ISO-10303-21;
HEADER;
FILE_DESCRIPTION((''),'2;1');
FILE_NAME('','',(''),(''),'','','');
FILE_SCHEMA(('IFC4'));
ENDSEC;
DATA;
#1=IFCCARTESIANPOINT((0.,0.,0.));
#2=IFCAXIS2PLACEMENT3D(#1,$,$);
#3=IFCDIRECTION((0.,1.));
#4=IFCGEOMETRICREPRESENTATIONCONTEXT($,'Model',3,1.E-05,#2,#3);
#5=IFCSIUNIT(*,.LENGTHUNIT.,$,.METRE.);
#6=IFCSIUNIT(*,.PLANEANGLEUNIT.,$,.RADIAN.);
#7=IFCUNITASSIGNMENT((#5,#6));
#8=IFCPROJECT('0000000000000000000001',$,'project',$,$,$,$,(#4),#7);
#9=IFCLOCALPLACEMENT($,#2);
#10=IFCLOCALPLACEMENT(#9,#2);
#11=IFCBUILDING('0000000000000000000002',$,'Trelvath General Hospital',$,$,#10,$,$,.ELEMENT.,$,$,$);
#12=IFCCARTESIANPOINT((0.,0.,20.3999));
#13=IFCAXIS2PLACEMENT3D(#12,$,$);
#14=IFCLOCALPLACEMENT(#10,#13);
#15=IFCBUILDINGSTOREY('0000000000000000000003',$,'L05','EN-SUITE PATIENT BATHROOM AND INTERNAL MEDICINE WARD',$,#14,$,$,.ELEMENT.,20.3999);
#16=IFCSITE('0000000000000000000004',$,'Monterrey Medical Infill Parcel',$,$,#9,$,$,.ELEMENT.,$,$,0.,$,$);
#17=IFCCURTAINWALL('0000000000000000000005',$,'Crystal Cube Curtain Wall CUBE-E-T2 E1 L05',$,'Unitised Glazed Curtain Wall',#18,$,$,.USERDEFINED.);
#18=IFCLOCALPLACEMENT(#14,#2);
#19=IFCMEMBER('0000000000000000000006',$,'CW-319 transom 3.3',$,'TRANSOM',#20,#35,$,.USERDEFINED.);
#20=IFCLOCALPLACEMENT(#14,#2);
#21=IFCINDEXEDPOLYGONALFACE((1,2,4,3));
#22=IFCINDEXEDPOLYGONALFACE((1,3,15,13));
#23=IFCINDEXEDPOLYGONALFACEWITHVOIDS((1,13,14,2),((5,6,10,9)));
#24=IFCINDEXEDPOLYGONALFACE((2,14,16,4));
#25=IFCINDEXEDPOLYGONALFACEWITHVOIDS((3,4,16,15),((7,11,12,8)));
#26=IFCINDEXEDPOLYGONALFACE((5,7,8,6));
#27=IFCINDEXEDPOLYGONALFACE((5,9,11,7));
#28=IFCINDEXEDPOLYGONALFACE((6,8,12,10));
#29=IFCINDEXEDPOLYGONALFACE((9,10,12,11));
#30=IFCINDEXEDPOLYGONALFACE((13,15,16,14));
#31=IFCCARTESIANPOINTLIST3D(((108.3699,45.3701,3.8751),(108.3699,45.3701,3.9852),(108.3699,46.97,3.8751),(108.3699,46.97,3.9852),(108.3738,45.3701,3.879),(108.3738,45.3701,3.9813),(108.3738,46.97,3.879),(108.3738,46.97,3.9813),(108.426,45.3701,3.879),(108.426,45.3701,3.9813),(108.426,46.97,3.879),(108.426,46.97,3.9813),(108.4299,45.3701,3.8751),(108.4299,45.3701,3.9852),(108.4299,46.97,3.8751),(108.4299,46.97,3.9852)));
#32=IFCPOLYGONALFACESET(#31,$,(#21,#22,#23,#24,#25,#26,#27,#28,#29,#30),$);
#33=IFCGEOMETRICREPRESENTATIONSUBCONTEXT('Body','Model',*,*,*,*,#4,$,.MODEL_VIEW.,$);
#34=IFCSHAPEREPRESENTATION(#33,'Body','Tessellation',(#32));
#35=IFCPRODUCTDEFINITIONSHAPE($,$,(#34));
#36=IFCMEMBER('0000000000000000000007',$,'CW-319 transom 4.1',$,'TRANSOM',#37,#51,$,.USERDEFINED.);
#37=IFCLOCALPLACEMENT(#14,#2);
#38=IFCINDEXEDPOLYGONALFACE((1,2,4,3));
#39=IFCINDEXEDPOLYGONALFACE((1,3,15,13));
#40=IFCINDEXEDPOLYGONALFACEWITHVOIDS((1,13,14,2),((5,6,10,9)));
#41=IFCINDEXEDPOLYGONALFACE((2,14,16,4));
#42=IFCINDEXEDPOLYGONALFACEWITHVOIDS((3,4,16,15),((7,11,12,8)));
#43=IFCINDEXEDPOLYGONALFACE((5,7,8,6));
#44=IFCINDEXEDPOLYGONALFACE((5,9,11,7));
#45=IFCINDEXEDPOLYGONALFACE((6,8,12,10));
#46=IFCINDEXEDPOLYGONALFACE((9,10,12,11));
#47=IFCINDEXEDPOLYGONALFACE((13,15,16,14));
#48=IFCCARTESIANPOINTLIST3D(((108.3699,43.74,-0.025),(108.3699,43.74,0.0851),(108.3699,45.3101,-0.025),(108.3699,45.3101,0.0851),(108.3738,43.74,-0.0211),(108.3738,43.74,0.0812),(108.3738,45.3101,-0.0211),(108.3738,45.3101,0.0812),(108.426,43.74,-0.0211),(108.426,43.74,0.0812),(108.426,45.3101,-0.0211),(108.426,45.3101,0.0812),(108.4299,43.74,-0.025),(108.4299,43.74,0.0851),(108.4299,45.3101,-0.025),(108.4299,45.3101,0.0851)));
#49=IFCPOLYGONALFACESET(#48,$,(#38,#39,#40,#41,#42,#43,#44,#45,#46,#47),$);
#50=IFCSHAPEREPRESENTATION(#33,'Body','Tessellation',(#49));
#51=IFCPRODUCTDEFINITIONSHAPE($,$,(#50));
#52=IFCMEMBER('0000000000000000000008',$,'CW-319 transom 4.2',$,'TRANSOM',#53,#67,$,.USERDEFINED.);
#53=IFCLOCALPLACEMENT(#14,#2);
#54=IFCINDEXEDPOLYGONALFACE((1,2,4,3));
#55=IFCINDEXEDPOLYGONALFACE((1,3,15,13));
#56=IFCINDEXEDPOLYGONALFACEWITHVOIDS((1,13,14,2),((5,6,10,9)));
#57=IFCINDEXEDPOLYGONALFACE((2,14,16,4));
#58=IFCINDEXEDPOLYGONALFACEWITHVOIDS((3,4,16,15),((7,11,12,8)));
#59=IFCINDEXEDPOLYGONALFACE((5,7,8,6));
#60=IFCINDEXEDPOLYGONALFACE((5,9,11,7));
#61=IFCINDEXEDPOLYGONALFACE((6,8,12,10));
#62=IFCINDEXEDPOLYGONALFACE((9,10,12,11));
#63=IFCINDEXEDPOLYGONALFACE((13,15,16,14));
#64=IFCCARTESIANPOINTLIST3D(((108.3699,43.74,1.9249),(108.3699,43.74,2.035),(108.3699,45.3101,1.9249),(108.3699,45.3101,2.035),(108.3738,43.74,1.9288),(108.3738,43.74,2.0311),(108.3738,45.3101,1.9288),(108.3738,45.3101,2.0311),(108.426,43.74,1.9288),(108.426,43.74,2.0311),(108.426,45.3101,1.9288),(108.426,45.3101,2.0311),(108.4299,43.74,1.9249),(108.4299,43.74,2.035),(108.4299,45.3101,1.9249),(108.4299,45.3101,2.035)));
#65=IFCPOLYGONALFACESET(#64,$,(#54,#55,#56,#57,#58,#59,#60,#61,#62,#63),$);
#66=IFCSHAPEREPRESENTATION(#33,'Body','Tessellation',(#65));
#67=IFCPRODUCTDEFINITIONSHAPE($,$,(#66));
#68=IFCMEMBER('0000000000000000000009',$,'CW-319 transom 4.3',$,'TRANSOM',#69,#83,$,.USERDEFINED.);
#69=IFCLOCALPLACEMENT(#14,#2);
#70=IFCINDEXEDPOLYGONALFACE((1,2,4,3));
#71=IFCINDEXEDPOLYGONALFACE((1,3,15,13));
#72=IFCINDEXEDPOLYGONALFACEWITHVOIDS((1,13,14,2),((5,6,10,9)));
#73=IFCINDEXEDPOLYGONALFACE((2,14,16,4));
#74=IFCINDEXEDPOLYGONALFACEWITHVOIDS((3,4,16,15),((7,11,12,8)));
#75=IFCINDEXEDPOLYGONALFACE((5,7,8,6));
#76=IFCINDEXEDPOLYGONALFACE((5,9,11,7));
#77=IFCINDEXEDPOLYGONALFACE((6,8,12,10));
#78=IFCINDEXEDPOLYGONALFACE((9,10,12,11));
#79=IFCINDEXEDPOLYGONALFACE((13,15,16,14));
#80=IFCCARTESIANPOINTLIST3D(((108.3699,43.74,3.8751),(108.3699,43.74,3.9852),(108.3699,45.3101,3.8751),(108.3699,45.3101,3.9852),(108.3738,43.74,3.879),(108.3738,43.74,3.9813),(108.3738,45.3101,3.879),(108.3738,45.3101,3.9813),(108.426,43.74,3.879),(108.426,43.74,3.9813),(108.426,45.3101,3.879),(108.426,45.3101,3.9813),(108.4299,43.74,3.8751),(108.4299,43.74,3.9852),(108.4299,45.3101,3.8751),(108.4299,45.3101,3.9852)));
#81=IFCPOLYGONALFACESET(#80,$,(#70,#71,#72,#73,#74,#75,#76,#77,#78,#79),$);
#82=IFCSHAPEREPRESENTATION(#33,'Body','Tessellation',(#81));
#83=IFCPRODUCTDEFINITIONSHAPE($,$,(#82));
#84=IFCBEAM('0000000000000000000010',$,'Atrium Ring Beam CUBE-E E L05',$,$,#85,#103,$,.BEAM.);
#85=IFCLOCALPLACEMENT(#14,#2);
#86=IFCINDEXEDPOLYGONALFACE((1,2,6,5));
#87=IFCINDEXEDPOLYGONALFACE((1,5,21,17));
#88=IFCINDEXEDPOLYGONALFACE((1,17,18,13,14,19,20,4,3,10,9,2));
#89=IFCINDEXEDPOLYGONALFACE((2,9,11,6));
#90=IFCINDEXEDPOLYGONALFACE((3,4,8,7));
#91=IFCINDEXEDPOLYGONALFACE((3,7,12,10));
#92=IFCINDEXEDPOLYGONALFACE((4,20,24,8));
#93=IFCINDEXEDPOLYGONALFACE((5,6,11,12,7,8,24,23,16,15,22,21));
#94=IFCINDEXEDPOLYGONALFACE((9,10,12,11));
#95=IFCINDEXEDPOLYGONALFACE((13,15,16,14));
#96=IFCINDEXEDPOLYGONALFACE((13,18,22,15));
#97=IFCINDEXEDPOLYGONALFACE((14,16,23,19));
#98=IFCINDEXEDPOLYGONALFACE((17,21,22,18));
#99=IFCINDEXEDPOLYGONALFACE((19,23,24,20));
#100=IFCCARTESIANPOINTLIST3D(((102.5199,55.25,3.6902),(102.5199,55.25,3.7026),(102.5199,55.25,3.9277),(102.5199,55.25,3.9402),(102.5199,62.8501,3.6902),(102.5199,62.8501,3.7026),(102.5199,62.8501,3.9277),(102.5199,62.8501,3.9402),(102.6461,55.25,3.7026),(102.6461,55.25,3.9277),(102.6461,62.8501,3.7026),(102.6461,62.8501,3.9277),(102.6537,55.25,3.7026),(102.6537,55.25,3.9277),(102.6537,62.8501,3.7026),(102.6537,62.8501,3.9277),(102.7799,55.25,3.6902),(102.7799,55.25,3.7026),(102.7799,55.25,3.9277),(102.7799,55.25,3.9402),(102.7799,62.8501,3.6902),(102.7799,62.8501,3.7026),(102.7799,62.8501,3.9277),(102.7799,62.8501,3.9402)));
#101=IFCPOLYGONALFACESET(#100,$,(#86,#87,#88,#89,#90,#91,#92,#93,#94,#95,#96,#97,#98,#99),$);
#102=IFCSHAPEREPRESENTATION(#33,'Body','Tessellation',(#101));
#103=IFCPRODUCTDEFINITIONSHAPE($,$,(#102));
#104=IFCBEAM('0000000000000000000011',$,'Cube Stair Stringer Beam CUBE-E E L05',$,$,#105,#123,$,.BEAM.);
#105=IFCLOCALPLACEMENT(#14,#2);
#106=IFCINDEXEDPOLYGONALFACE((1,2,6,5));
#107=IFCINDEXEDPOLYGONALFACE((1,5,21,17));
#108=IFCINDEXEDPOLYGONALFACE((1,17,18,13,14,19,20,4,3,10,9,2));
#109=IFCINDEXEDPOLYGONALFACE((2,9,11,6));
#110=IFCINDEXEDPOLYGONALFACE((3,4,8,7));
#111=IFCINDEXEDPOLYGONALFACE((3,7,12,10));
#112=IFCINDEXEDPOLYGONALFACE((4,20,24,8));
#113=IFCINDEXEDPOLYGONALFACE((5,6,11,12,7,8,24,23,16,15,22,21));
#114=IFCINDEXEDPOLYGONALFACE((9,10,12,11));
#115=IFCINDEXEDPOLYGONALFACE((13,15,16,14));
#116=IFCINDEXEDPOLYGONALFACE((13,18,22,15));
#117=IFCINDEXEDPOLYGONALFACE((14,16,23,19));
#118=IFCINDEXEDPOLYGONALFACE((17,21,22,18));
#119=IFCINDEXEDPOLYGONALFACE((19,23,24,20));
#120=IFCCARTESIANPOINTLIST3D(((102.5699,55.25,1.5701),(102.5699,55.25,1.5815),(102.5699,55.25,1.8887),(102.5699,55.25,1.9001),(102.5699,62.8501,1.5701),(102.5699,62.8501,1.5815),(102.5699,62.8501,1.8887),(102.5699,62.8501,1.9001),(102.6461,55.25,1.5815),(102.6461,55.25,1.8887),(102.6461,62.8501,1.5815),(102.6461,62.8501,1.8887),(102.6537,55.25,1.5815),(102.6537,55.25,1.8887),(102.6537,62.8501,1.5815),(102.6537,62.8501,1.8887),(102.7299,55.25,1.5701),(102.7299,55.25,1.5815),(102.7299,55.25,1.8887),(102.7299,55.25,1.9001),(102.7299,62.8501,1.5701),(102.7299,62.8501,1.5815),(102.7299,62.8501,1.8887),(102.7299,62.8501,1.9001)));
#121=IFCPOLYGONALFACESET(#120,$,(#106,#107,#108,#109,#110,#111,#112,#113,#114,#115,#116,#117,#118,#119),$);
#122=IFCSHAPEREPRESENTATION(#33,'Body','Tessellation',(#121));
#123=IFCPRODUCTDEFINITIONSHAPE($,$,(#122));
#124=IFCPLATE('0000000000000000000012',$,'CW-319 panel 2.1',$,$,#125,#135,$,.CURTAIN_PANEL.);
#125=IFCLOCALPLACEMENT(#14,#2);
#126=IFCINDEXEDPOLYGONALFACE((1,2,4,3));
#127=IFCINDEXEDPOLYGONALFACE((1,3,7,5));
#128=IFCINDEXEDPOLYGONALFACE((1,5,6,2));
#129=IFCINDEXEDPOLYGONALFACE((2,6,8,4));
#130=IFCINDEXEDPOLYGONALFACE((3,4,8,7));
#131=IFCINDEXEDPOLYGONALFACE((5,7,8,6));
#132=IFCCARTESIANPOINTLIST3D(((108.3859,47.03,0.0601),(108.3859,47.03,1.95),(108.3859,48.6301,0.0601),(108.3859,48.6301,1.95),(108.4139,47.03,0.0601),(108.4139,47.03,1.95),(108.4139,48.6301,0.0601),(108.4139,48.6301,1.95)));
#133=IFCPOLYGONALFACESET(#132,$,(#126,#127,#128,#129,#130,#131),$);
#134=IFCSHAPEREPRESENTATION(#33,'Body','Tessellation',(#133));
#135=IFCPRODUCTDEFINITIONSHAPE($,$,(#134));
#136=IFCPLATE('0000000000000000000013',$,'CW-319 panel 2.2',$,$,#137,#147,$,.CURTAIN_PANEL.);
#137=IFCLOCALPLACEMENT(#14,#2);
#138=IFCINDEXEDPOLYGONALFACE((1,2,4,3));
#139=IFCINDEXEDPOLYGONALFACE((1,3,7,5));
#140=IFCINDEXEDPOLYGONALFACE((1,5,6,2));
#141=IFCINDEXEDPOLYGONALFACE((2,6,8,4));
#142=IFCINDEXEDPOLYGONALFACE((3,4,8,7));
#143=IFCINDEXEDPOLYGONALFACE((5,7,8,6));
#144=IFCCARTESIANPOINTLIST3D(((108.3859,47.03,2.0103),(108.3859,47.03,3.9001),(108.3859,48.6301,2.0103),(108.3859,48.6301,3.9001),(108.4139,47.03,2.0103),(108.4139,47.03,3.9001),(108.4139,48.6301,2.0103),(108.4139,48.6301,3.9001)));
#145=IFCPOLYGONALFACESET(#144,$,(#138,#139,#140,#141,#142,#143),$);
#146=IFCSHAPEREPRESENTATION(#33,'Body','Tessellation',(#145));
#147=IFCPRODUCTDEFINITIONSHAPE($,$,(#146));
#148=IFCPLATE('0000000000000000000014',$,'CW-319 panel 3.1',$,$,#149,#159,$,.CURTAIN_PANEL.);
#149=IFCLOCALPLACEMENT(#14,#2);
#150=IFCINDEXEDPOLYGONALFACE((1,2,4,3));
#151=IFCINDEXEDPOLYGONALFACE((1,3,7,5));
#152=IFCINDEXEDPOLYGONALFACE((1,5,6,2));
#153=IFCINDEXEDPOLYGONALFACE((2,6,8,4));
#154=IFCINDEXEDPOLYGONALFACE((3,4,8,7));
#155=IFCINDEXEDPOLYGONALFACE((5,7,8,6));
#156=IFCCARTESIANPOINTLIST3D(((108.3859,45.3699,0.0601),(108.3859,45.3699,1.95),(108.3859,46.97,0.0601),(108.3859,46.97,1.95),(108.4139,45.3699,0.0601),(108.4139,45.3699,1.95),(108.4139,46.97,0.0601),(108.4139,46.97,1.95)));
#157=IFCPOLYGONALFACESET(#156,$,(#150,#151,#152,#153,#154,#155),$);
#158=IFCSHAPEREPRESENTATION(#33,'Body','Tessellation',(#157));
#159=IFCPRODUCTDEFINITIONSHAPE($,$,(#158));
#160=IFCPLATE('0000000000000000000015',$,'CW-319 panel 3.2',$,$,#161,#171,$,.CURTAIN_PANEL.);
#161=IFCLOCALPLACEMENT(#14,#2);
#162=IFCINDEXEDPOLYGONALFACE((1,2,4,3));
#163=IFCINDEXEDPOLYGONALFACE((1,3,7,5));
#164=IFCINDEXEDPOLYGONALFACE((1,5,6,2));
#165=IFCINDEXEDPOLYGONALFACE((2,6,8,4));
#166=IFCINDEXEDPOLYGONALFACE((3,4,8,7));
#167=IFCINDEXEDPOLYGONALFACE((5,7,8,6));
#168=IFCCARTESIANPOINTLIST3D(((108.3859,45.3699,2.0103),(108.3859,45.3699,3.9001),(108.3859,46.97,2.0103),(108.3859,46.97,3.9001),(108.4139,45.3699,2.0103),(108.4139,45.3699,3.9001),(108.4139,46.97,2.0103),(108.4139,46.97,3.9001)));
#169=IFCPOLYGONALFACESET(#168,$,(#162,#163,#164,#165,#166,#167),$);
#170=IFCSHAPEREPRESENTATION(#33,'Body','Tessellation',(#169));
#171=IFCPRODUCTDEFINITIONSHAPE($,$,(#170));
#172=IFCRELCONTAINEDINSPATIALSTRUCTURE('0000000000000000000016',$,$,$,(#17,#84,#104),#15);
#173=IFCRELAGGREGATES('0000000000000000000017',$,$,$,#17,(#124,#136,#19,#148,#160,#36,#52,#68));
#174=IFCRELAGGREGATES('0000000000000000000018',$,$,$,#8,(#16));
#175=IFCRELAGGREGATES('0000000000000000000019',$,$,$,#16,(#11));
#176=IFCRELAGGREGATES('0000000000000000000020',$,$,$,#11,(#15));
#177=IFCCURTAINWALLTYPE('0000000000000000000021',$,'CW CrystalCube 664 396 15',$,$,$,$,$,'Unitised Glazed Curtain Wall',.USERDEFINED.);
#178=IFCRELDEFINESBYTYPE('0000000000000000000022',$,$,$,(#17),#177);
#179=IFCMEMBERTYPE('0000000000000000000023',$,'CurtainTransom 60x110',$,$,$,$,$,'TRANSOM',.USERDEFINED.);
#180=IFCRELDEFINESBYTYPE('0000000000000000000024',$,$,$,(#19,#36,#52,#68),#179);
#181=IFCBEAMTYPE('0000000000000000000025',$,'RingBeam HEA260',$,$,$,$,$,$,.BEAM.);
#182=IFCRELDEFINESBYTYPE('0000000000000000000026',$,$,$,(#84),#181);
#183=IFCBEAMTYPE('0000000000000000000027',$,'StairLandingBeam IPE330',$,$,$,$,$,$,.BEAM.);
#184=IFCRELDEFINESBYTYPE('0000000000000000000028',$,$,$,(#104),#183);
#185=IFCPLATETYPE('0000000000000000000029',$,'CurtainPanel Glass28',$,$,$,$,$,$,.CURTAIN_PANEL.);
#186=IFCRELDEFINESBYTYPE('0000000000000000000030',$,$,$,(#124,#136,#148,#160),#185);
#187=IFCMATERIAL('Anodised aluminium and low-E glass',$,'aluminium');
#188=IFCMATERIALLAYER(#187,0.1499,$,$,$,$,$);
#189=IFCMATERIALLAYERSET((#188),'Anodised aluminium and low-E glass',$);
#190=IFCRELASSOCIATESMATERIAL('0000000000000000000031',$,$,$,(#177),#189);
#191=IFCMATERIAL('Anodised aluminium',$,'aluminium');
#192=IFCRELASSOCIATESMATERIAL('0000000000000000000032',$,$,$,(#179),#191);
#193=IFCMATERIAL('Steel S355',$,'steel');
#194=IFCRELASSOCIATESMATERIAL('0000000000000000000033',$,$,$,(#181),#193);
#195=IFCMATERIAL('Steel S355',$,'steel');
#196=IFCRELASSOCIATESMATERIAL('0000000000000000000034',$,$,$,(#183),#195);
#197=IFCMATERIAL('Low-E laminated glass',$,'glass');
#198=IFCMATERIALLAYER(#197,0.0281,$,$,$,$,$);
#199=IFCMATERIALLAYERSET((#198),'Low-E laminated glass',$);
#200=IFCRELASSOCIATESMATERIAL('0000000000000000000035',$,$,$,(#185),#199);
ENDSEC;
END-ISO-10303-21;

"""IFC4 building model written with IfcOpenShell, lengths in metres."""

from ifc_helpers import new_model, si_unit, direction, frame, origin, origin_2d, place, context, subcontext, project, spatial, rectangle, hollow_rectangle, i_section, extrude, material, layer, layer_set, material_profile, profile_set, type_object, element, aggregate, save


model = new_model("IFC4")

# Units and contexts
model_context = context("Model", 3, precision=1e-05, world=origin(), true_north=direction((0.0, 1.0)))
body_context = subcontext(model_context, "Body", "Model", "MODEL_VIEW")
ifc_project = project(units=[si_unit("LENGTHUNIT", "METRE"), si_unit("PLANEANGLEUNIT", "RADIAN")], contexts=[model_context])

# Site, building, storey
site_placement = place(None, origin())
site = spatial("IfcSite", under=ifc_project, at=site_placement, Name="Monterrey Medical Infill Parcel", CompositionType="ELEMENT", RefElevation=0.0)
building_placement = place(site_placement, origin())
building = spatial("IfcBuilding", under=site, at=building_placement, Name="Trelvath General Hospital", CompositionType="ELEMENT")
storey_placement = place(building_placement, frame((0.0, 0.0, 20.3999)))
storey = spatial("IfcBuildingStorey", under=building, at=storey_placement, Name="L05", Description="EN-SUITE PATIENT BATHROOM AND INTERNAL MEDICINE WARD", CompositionType="ELEMENT", Elevation=20.3999)

# Curtain wall, members
ifc_material_1 = material(Name="Anodised aluminium and low-E glass", Category="aluminium")
ifc_layer_1 = layer(ifc_material_1, 0.1499)
ifc_layer_set_1 = layer_set([ifc_layer_1], Name="Anodised aluminium and low-E glass")
curtain_wall_type = type_object("IfcCurtainWallType", Name="CW CrystalCube 664 396 15", ElementType="Unitised Glazed Curtain Wall", PredefinedType="USERDEFINED", material=ifc_layer_set_1)
curtain_wall_placement = place(storey_placement, origin())
curtain_wall = element("IfcCurtainWall", 1, at=curtain_wall_placement, inside=storey, type_object=curtain_wall_type, Name="Crystal Cube Curtain Wall CUBE-E-T2 E1 L05", ObjectType="Unitised Glazed Curtain Wall", PredefinedType="USERDEFINED")
ifc_material_2 = material(Name="Anodised aluminium", Category="aluminium")
ifc_material_profile_1 = material_profile(ifc_material_2, hollow_rectangle(XDim=0.0601, YDim=0.1101, WallThickness=0.0039, at=origin_2d()), Name="RHS60x110x4")
ifc_profile_set_1 = profile_set([ifc_material_profile_1], Name="Anodised aluminium")
member_type_1 = type_object("IfcMemberType", Name="CurtainTransom 60x110", ElementType="TRANSOM", PredefinedType="USERDEFINED", material=ifc_profile_set_1)
member_1_placement = place(storey_placement, frame((108.3999, 46.97, 3.9302), z_axis=(0.0, -1.0, 0.0), x_axis=(1.0, 0.0, 0.0)))
member_1 = element("IfcMember", 2, at=member_1_placement, type_object=member_type_1, Name="CW-319 transom 3.3", ObjectType="TRANSOM", PredefinedType="USERDEFINED", context=body_context, shape_type="SweptSolid", body=[
    extrude(hollow_rectangle(XDim=0.0601, YDim=0.1101, WallThickness=0.0039, at=origin_2d()), origin(), (0.0, 0.0, 1.0), 1.5999),
])
member_2_placement = place(storey_placement, frame((108.3999, 45.3101, 0.03), z_axis=(0.0, -1.0, 0.0), x_axis=(1.0, 0.0, 0.0)))
member_2 = element("IfcMember", 3, at=member_2_placement, type_object=member_type_1, Name="CW-319 transom 4.1", ObjectType="TRANSOM", PredefinedType="USERDEFINED", context=body_context, shape_type="SweptSolid", body=[
    extrude(hollow_rectangle(XDim=0.0601, YDim=0.1101, WallThickness=0.0039, at=origin_2d()), origin(), (0.0, 0.0, 1.0), 1.5701),
])
member_3_placement = place(storey_placement, frame((108.3999, 45.3101, 1.98), z_axis=(0.0, -1.0, 0.0), x_axis=(1.0, 0.0, 0.0)))
member_3 = element("IfcMember", 4, at=member_3_placement, type_object=member_type_1, Name="CW-319 transom 4.2", ObjectType="TRANSOM", PredefinedType="USERDEFINED", context=body_context, shape_type="SweptSolid", body=[
    extrude(hollow_rectangle(XDim=0.0601, YDim=0.1101, WallThickness=0.0039, at=origin_2d()), origin(), (0.0, 0.0, 1.0), 1.5701),
])
member_4_placement = place(storey_placement, frame((108.3999, 45.3101, 3.9302), z_axis=(0.0, -1.0, 0.0), x_axis=(1.0, 0.0, 0.0)))
member_4 = element("IfcMember", 5, at=member_4_placement, type_object=member_type_1, Name="CW-319 transom 4.3", ObjectType="TRANSOM", PredefinedType="USERDEFINED", context=body_context, shape_type="SweptSolid", body=[
    extrude(hollow_rectangle(XDim=0.0601, YDim=0.1101, WallThickness=0.0039, at=origin_2d()), origin(), (0.0, 0.0, 1.0), 1.5701),
])

# Beams
ifc_material_3 = material(Name="Steel S355", Category="steel")
ifc_material_profile_2 = material_profile(ifc_material_3, i_section(OverallWidth=0.26, OverallDepth=0.25, WebThickness=0.0076, FlangeThickness=0.0125, at=origin_2d()), Name="HEA260")
ifc_profile_set_2 = profile_set([ifc_material_profile_2], Name="Steel S355")
beam_type_1 = type_object("IfcBeamType", Name="RingBeam HEA260", PredefinedType="BEAM", material=ifc_profile_set_2)
beam_1_placement = place(storey_placement, frame((102.6499, 55.25, 3.8152), z_axis=(0.0, 1.0, 0.0), x_axis=(-1.0, 0.0, 0.0)))
element("IfcBeam", 6, at=beam_1_placement, inside=storey, type_object=beam_type_1, Name="Atrium Ring Beam CUBE-E E L05", PredefinedType="BEAM", context=body_context, shape_type="SweptSolid", body=[
    extrude(i_section(OverallWidth=0.26, OverallDepth=0.25, WebThickness=0.0076, FlangeThickness=0.0125, at=origin_2d()), origin(), (0.0, 0.0, 1.0), 7.6001),
])
ifc_material_4 = material(Name="Steel S355", Category="steel")
ifc_material_profile_3 = material_profile(ifc_material_4, i_section(OverallWidth=0.1599, OverallDepth=0.3301, WebThickness=0.0076, FlangeThickness=0.0115, at=origin_2d()), Name="IPE330")
ifc_profile_set_3 = profile_set([ifc_material_profile_3], Name="Steel S355")
beam_type_2 = type_object("IfcBeamType", Name="StairLandingBeam IPE330", PredefinedType="BEAM", material=ifc_profile_set_3)
beam_2_placement = place(storey_placement, frame((102.6499, 55.25, 1.7351), z_axis=(0.0, 1.0, 0.0), x_axis=(-1.0, 0.0, 0.0)))
element("IfcBeam", 7, at=beam_2_placement, inside=storey, type_object=beam_type_2, Name="Cube Stair Stringer Beam CUBE-E E L05", PredefinedType="BEAM", context=body_context, shape_type="SweptSolid", body=[
    extrude(i_section(OverallWidth=0.1599, OverallDepth=0.3301, WebThickness=0.0076, FlangeThickness=0.0115, at=origin_2d()), origin(), (0.0, 0.0, 1.0), 7.6001),
])

# Plates
ifc_material_5 = material(Name="Low-E laminated glass", Category="glass")
ifc_layer_2 = layer(ifc_material_5, 0.0281)
ifc_layer_set_2 = layer_set([ifc_layer_2], Name="Low-E laminated glass")
plate_type = type_object("IfcPlateType", Name="CurtainPanel Glass28", PredefinedType="CURTAIN_PANEL", material=ifc_layer_set_2)
plate_1_placement = place(storey_placement, frame((108.3999, 47.8301, 0.0601), z_axis=(0.0, 0.0, 1.0), x_axis=(0.0, -1.0, 0.0)))
plate_1 = element("IfcPlate", 8, at=plate_1_placement, type_object=plate_type, Name="CW-319 panel 2.1", PredefinedType="CURTAIN_PANEL", context=body_context, shape_type="SweptSolid", body=[
    extrude(rectangle(XDim=1.6001, YDim=0.0281, at=origin_2d()), origin(), (0.0, 0.0, 1.0), 1.8899),
])
plate_2_placement = place(storey_placement, frame((108.3999, 47.8301, 2.0103), z_axis=(0.0, 0.0, 1.0), x_axis=(0.0, -1.0, 0.0)))
plate_2 = element("IfcPlate", 9, at=plate_2_placement, type_object=plate_type, Name="CW-319 panel 2.2", PredefinedType="CURTAIN_PANEL", context=body_context, shape_type="SweptSolid", body=[
    extrude(rectangle(XDim=1.6001, YDim=0.0281, at=origin_2d()), origin(), (0.0, 0.0, 1.0), 1.8899),
])
plate_3_placement = place(storey_placement, frame((108.3999, 46.1699, 0.0601), z_axis=(0.0, 0.0, 1.0), x_axis=(0.0, -1.0, 0.0)))
plate_3 = element("IfcPlate", 10, at=plate_3_placement, type_object=plate_type, Name="CW-319 panel 3.1", PredefinedType="CURTAIN_PANEL", context=body_context, shape_type="SweptSolid", body=[
    extrude(rectangle(XDim=1.6001, YDim=0.0281, at=origin_2d()), origin(), (0.0, 0.0, 1.0), 1.8899),
])
plate_4_placement = place(storey_placement, frame((108.3999, 46.1699, 2.0103), z_axis=(0.0, 0.0, 1.0), x_axis=(0.0, -1.0, 0.0)))
plate_4 = element("IfcPlate", 11, at=plate_4_placement, type_object=plate_type, Name="CW-319 panel 3.2", PredefinedType="CURTAIN_PANEL", context=body_context, shape_type="SweptSolid", body=[
    extrude(rectangle(XDim=1.6001, YDim=0.0281, at=origin_2d()), origin(), (0.0, 0.0, 1.0), 1.8899),
])
aggregate(curtain_wall, [plate_1, plate_2, member_1, plate_3, plate_4, member_2, member_3, member_4])

save(model, "model.ifc")
